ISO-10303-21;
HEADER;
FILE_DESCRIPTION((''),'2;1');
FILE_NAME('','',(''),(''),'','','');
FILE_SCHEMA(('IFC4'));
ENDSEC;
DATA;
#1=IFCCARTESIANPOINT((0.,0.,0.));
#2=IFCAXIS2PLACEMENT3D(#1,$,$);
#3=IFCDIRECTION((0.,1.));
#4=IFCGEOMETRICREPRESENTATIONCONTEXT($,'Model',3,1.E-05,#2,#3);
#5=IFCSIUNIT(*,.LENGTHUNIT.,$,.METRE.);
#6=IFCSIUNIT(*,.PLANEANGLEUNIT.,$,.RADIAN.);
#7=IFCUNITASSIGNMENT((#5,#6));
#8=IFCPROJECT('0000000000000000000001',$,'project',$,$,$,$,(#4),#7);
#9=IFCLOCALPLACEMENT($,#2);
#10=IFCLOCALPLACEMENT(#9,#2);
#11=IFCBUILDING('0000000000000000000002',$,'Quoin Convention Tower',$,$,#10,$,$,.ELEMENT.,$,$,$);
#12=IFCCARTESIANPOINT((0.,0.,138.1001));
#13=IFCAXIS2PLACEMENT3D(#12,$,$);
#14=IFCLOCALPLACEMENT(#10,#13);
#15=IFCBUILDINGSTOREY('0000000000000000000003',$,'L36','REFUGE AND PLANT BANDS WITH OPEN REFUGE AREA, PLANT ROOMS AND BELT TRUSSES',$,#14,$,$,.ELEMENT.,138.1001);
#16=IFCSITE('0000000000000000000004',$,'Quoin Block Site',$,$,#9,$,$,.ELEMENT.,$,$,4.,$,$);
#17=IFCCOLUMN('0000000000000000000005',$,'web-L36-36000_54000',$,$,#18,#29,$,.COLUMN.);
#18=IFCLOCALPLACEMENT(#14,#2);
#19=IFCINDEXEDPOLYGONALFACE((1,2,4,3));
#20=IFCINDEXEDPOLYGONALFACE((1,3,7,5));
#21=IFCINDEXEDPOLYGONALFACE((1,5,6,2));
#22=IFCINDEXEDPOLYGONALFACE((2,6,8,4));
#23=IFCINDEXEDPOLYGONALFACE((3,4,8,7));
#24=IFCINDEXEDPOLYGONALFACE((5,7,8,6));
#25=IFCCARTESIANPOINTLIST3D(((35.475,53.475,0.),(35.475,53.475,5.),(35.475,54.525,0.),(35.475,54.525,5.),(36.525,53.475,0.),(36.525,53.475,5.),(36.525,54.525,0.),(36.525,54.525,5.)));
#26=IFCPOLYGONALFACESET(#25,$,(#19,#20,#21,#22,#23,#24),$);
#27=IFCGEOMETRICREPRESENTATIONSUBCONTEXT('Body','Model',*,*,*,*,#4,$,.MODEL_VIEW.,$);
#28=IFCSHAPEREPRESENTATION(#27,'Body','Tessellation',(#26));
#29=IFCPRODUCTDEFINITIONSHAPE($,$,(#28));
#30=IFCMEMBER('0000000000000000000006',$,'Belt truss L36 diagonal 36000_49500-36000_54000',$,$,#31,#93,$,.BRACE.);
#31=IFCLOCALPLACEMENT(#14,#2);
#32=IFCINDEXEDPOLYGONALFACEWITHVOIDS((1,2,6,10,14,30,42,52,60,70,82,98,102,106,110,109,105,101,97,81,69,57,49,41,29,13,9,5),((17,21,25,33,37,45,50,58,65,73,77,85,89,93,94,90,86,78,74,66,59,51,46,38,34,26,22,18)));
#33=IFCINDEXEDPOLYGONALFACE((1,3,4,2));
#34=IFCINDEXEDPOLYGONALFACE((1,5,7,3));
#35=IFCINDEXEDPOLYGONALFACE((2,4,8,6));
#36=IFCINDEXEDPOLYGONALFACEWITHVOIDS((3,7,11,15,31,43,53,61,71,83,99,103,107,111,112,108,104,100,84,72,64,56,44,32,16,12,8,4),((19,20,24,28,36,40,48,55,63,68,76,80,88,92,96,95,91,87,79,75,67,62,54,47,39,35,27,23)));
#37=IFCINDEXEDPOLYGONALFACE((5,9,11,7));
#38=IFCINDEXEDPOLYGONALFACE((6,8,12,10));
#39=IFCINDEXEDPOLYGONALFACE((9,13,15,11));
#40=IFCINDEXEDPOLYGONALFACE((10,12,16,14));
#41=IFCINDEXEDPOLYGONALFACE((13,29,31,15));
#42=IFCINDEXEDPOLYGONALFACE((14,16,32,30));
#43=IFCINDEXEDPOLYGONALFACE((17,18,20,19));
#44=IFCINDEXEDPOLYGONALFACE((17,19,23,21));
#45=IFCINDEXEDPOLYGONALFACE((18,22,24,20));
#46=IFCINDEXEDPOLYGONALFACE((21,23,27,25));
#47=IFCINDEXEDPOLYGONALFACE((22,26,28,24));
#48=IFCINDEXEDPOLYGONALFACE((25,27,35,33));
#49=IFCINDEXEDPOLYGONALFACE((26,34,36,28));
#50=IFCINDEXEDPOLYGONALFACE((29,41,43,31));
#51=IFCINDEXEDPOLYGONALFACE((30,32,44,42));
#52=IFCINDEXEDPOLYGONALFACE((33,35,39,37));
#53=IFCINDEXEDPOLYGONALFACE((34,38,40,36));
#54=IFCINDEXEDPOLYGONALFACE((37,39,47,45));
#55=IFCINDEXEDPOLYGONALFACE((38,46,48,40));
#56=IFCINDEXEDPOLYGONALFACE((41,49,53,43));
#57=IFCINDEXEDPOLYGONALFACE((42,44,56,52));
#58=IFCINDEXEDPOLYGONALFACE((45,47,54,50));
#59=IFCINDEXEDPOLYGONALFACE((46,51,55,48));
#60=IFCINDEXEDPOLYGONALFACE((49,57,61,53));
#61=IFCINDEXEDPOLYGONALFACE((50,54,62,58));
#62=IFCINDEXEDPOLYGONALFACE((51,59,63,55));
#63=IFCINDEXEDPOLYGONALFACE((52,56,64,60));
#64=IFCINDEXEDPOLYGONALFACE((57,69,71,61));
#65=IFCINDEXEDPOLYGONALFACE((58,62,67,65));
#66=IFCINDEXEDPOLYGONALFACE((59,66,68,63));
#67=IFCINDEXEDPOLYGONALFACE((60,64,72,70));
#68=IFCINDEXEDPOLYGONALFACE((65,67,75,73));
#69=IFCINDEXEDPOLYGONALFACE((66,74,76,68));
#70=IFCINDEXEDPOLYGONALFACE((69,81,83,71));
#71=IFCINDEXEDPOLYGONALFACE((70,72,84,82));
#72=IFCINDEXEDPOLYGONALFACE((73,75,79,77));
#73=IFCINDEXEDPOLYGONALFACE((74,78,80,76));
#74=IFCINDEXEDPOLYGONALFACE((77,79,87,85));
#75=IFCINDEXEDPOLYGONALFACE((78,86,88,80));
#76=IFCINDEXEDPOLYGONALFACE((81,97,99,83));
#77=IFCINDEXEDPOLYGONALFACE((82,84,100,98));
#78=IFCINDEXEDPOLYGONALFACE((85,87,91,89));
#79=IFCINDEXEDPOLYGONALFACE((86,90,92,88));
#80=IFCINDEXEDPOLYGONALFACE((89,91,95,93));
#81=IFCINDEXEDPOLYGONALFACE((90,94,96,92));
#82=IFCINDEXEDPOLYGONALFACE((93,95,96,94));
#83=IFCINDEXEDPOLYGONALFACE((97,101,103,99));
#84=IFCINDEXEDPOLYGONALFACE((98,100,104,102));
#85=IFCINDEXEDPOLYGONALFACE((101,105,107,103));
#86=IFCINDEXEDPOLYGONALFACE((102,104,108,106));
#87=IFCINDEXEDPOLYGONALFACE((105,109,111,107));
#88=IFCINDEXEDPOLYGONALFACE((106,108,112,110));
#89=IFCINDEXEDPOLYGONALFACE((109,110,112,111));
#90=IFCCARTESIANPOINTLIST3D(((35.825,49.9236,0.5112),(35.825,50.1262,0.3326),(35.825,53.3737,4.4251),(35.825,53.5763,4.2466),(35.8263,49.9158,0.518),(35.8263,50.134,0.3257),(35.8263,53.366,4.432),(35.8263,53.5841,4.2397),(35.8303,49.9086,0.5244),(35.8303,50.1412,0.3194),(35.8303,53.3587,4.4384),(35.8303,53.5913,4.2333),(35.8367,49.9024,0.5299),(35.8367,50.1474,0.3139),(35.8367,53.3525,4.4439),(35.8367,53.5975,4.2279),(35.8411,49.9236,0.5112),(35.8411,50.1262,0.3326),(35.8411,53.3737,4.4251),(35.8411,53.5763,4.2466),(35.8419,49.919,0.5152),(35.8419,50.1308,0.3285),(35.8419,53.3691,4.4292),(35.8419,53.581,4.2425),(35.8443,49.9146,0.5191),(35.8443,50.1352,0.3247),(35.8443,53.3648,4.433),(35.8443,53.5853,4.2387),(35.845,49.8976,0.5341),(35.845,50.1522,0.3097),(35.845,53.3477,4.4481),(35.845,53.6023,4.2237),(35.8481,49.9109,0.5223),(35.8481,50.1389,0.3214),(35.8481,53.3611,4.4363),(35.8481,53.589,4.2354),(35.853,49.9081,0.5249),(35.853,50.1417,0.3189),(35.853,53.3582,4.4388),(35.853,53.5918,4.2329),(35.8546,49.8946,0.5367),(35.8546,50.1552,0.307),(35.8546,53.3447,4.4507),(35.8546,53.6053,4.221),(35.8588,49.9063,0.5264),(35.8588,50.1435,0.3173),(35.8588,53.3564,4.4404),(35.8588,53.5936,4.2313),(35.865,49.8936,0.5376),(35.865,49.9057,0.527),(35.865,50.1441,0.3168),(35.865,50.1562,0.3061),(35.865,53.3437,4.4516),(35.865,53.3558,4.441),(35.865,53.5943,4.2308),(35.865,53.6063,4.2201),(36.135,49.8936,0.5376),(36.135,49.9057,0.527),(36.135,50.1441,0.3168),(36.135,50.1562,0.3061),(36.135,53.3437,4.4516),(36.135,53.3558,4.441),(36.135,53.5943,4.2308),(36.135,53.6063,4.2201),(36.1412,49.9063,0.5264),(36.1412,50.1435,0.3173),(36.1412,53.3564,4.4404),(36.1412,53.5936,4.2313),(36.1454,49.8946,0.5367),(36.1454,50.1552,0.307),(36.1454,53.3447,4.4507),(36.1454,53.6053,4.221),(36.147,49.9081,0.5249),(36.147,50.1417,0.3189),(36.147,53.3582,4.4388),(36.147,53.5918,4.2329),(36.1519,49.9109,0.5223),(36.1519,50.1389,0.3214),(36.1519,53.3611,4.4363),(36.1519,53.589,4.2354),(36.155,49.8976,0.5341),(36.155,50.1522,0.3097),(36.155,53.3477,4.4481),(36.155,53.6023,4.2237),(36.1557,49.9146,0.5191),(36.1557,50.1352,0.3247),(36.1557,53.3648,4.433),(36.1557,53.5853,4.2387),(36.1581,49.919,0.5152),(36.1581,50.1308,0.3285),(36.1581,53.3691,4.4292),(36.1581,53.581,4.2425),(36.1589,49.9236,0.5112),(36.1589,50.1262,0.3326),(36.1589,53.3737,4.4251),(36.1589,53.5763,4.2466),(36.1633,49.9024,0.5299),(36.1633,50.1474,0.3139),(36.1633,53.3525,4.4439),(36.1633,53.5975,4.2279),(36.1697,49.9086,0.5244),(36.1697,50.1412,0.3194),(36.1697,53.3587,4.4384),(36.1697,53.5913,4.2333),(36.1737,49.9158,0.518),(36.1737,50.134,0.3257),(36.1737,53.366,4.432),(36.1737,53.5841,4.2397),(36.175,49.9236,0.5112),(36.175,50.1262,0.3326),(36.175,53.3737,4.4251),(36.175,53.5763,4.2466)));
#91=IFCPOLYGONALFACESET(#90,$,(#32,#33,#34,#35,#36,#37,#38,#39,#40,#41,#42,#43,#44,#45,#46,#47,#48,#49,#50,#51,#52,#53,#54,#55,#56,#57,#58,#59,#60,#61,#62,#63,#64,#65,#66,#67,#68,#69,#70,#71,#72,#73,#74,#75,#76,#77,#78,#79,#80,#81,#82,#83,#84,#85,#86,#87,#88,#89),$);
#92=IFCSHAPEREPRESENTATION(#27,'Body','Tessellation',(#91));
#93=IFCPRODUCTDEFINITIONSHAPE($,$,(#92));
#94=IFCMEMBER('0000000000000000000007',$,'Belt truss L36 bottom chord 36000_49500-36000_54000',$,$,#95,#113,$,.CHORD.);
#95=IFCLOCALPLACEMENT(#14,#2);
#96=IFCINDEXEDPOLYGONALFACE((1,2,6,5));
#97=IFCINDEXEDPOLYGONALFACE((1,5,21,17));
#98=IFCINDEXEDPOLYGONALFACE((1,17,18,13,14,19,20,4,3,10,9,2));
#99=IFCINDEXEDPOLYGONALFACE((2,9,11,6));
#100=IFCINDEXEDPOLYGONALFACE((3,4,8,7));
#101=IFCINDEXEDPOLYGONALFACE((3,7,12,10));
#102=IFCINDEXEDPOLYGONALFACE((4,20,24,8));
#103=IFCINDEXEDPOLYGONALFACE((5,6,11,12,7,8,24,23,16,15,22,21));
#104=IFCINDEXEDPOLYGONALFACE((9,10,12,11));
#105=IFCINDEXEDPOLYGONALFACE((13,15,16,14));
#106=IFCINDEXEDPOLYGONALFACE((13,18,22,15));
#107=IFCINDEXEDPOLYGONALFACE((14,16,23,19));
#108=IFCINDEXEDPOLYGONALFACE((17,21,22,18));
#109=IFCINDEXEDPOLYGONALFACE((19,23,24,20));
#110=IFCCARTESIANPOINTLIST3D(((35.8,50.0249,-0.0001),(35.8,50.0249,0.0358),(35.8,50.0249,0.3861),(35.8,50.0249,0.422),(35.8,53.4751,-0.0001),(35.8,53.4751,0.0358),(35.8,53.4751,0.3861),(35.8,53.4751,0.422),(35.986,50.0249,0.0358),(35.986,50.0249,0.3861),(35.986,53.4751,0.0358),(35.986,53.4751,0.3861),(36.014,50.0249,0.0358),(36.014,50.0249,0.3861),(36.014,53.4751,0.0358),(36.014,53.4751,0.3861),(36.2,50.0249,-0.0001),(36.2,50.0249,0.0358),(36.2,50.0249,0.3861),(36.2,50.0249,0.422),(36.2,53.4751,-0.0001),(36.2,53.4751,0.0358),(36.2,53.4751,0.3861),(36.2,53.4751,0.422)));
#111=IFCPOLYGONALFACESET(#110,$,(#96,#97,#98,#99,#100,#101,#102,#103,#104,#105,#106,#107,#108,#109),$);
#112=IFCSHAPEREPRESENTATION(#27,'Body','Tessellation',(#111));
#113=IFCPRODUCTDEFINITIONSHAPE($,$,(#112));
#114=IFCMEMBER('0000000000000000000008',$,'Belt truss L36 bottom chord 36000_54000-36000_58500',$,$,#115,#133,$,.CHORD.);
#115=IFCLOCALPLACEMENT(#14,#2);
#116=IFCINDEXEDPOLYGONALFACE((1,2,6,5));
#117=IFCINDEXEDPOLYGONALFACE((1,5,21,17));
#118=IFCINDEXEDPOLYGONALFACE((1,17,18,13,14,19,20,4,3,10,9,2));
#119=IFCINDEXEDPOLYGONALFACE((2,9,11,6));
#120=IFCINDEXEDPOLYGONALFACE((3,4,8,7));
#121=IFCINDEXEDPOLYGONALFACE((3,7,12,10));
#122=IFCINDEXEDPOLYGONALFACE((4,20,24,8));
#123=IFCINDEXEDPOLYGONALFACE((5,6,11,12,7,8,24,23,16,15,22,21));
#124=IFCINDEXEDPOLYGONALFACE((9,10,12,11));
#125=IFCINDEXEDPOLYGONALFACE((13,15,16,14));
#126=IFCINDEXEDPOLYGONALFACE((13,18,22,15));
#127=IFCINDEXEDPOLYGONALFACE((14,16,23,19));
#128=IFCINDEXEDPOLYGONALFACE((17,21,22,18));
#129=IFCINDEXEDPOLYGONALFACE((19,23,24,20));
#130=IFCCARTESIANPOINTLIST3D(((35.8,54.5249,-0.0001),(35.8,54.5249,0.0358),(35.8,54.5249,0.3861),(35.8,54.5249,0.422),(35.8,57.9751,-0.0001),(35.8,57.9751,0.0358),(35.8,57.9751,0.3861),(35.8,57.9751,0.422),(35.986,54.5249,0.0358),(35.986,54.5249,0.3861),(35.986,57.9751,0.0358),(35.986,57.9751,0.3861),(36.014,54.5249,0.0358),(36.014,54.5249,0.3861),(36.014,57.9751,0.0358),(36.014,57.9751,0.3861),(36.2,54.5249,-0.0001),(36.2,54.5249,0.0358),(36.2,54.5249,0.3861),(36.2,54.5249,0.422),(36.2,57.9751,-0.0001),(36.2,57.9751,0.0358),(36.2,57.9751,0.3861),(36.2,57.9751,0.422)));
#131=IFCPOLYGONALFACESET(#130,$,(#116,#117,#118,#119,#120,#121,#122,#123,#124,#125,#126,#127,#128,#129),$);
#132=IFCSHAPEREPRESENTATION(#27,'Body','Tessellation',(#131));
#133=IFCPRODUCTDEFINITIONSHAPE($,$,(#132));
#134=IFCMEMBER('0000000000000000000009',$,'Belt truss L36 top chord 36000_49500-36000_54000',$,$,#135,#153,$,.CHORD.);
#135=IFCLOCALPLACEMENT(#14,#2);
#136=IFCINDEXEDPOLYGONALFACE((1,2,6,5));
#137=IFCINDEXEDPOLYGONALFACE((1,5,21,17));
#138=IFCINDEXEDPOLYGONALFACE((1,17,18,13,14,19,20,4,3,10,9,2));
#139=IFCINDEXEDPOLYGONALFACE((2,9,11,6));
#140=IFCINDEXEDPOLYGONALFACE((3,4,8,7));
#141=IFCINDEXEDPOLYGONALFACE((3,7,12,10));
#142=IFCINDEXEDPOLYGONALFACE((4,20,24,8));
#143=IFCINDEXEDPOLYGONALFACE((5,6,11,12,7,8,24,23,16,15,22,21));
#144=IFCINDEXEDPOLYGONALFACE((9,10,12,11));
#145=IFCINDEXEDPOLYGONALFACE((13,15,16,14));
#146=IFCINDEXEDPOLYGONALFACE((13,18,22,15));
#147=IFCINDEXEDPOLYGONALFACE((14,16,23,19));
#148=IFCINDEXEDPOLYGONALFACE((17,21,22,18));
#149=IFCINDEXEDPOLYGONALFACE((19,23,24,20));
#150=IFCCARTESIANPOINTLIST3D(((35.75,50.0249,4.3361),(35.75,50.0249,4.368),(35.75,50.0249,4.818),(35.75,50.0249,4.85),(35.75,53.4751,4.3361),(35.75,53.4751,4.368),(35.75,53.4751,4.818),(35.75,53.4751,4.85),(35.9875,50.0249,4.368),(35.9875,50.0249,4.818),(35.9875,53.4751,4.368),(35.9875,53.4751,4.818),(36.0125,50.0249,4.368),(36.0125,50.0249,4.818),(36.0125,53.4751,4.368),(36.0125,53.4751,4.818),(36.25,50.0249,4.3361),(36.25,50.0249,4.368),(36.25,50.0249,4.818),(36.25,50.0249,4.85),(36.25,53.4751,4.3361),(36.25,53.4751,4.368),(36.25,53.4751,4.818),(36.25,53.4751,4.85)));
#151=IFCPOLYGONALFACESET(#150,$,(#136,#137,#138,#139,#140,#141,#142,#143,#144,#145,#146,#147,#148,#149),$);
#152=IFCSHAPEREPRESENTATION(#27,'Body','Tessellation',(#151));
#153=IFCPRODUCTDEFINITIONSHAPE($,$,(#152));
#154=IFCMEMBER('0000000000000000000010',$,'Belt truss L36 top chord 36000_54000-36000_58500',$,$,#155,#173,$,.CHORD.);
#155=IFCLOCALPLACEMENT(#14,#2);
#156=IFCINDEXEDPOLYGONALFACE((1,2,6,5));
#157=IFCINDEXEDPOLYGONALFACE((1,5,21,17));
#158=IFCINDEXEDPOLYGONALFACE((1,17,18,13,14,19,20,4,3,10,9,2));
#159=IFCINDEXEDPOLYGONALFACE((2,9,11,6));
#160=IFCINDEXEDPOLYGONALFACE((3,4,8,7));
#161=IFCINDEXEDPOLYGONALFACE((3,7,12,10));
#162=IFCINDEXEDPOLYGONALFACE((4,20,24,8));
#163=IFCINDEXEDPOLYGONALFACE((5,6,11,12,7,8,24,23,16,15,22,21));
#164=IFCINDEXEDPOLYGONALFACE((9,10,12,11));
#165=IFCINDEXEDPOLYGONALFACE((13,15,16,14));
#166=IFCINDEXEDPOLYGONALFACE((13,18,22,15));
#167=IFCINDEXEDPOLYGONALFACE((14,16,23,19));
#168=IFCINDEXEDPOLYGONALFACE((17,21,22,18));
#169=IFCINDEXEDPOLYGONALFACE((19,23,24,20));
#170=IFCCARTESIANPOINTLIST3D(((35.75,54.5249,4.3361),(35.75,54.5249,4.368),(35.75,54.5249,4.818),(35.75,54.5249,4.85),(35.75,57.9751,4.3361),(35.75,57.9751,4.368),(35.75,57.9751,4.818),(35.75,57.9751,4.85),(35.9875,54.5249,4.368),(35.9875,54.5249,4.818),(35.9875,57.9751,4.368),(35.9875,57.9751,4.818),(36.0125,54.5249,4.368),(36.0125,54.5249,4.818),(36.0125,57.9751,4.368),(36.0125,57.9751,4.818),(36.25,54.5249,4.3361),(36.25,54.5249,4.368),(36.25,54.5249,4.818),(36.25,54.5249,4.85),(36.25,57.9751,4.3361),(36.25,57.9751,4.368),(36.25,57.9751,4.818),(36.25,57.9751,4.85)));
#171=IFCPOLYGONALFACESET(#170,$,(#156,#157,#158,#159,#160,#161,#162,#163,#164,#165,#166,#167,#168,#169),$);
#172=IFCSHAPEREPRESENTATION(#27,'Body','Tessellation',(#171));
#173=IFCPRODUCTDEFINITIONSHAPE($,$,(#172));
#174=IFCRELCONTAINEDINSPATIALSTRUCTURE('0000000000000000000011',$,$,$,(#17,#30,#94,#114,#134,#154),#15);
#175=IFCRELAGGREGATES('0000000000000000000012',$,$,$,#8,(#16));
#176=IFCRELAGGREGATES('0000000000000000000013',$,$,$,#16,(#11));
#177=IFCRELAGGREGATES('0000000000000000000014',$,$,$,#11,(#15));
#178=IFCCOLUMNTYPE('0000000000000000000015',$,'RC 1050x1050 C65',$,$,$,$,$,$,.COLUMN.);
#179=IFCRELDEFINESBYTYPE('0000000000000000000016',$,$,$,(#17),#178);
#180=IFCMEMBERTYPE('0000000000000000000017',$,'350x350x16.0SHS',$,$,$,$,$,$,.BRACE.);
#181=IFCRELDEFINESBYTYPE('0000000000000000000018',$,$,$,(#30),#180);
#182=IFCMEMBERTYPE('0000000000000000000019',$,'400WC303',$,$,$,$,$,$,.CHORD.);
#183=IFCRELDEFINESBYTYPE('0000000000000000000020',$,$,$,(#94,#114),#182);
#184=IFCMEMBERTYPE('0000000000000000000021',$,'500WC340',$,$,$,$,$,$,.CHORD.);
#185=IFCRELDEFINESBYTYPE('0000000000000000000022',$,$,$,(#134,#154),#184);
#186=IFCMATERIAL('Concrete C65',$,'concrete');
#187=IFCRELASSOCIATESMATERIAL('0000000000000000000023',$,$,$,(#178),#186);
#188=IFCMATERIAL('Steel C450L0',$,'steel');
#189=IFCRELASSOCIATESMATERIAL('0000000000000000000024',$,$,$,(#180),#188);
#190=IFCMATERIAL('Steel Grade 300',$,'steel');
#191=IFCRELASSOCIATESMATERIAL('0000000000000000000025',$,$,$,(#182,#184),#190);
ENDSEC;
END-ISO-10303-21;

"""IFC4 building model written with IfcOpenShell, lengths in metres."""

from ifc_helpers import new_model, si_unit, direction, frame, origin, origin_2d, place, context, subcontext, project, spatial, rectangle, hollow_rectangle, i_section, extrude, material, material_profile, profile_set, type_object, element, save


model = new_model("IFC4")

# Units and contexts
model_context = context("Model", 3, precision=1e-05, world=origin(), true_north=direction((0.0, 1.0)))
body_context = subcontext(model_context, "Body", "Model", "MODEL_VIEW")
ifc_project = project(units=[si_unit("LENGTHUNIT", "METRE"), si_unit("PLANEANGLEUNIT", "RADIAN")], contexts=[model_context])

# Site, building, storey
site_placement = place(None, origin())
site = spatial("IfcSite", under=ifc_project, at=site_placement, Name="Quoin Block Site", CompositionType="ELEMENT", RefElevation=4.0)
building_placement = place(site_placement, origin())
building = spatial("IfcBuilding", under=site, at=building_placement, Name="Quoin Convention Tower", CompositionType="ELEMENT")
storey_placement = place(building_placement, frame((0.0, 0.0, 138.1001)))
storey = spatial("IfcBuildingStorey", under=building, at=storey_placement, Name="L36", Description="REFUGE AND PLANT BANDS WITH OPEN REFUGE AREA, PLANT ROOMS AND BELT TRUSSES", CompositionType="ELEMENT", Elevation=138.1001)

# Column
ifc_material_1 = material(Name="Concrete C65", Category="concrete")
ifc_material_profile_1 = material_profile(ifc_material_1, rectangle(XDim=1.05, YDim=1.05, at=origin_2d()), Name="RC 1050x1050")
ifc_profile_set_1 = profile_set([ifc_material_profile_1], Name="Concrete C65")
column_type = type_object("IfcColumnType", Name="RC 1050x1050 C65", PredefinedType="COLUMN", material=ifc_profile_set_1)
column_placement = place(storey_placement, frame((36.0, 54.0, 0.0), z_axis=(0.0, 0.0, 1.0), x_axis=(1.0, 0.0, 0.0)))
element("IfcColumn", 1, at=column_placement, inside=storey, type_object=column_type, Name="web-L36-36000_54000", PredefinedType="COLUMN", context=body_context, shape_type="SweptSolid", body=[
    extrude(rectangle(XDim=1.05, YDim=1.05, at=origin_2d()), origin(), (0.0, 0.0, 1.0), 5.0),
])

# Members
ifc_material_2 = material(Name="Steel C450L0", Category="steel")
ifc_material_profile_2 = material_profile(ifc_material_2, hollow_rectangle(XDim=0.3501, YDim=0.3501, WallThickness=0.0161, InnerFilletRadius=0.0239, OuterFilletRadius=0.04, at=origin_2d()), Name="350x350x16.0SHS")
ifc_profile_set_2 = profile_set([ifc_material_profile_2], Name="Steel C450L0")
member_type_1 = type_object("IfcMemberType", Name="350x350x16.0SHS", PredefinedType="BRACE", material=ifc_profile_set_2)
member_placement = place(storey_placement, frame((36.0, 50.0249, 0.4219), z_axis=(0.0, 0.661256, 0.75016), x_axis=(-1.0, 0.0, 0.0)))
element("IfcMember", 2, at=member_placement, inside=storey, type_object=member_type_1, Name="Belt truss L36 diagonal 36000_49500-36000_54000", PredefinedType="BRACE", context=body_context, shape_type="SweptSolid", body=[
    extrude(hollow_rectangle(XDim=0.3501, YDim=0.3501, WallThickness=0.0161, InnerFilletRadius=0.0239, OuterFilletRadius=0.04, at=origin_2d()), origin(), (0.0, 0.0, 1.0), 5.2175),
])
ifc_material_3 = material(Name="Steel Grade 300", Category="steel")
ifc_material_profile_3 = material_profile(ifc_material_3, i_section(OverallWidth=0.3999, OverallDepth=0.4221, WebThickness=0.0281, FlangeThickness=0.0359, at=origin_2d()), Name="400WC303")
ifc_profile_set_3 = profile_set([ifc_material_profile_3], Name="Steel Grade 300")
member_type_2 = type_object("IfcMemberType", Name="400WC303", PredefinedType="CHORD", material=ifc_profile_set_3)
for number, where, z_axis, x_axis, name in (
    (3, (36.0, 50.0249, 0.2109), (0.0, 1.0, 0.0), (-1.0, 0.0, 0.0), "Belt truss L36 bottom chord 36000_49500-36000_54000"),
    (4, (36.0, 54.5249, 0.2109), (0.0, 1.0, 0.0), (-1.0, 0.0, 0.0), "Belt truss L36 bottom chord 36000_54000-36000_58500"),
):
    element("IfcMember", number, at=place(storey_placement, frame(where, z_axis=z_axis, x_axis=x_axis)), inside=storey, type_object=member_type_2, Name=name, PredefinedType="CHORD", context=body_context, shape_type="SweptSolid", body=[
        extrude(i_section(OverallWidth=0.3999, OverallDepth=0.4221, WebThickness=0.0281, FlangeThickness=0.0359, at=origin_2d()), origin(), (0.0, 0.0, 1.0), 3.4502),
    ])
ifc_material_profile_4 = material_profile(ifc_material_3, i_section(OverallWidth=0.5, OverallDepth=0.5139, WebThickness=0.0249, FlangeThickness=0.032, at=origin_2d()), Name="500WC340")
ifc_profile_set_4 = profile_set([ifc_material_profile_4], Name="Steel Grade 300")
member_type_3 = type_object("IfcMemberType", Name="500WC340", PredefinedType="CHORD", material=ifc_profile_set_4)
for number, where, z_axis, x_axis, name in (
    (5, (36.0, 50.0249, 4.593), (0.0, 1.0, 0.0), (-1.0, 0.0, 0.0), "Belt truss L36 top chord 36000_49500-36000_54000"),
    (6, (36.0, 54.5249, 4.593), (0.0, 1.0, 0.0), (-1.0, 0.0, 0.0), "Belt truss L36 top chord 36000_54000-36000_58500"),
):
    element("IfcMember", number, at=place(storey_placement, frame(where, z_axis=z_axis, x_axis=x_axis)), inside=storey, type_object=member_type_3, Name=name, PredefinedType="CHORD", context=body_context, shape_type="SweptSolid", body=[
        extrude(i_section(OverallWidth=0.5, OverallDepth=0.5139, WebThickness=0.0249, FlangeThickness=0.032, at=origin_2d()), origin(), (0.0, 0.0, 1.0), 3.4502),
    ])

save(model, "model.ifc")
